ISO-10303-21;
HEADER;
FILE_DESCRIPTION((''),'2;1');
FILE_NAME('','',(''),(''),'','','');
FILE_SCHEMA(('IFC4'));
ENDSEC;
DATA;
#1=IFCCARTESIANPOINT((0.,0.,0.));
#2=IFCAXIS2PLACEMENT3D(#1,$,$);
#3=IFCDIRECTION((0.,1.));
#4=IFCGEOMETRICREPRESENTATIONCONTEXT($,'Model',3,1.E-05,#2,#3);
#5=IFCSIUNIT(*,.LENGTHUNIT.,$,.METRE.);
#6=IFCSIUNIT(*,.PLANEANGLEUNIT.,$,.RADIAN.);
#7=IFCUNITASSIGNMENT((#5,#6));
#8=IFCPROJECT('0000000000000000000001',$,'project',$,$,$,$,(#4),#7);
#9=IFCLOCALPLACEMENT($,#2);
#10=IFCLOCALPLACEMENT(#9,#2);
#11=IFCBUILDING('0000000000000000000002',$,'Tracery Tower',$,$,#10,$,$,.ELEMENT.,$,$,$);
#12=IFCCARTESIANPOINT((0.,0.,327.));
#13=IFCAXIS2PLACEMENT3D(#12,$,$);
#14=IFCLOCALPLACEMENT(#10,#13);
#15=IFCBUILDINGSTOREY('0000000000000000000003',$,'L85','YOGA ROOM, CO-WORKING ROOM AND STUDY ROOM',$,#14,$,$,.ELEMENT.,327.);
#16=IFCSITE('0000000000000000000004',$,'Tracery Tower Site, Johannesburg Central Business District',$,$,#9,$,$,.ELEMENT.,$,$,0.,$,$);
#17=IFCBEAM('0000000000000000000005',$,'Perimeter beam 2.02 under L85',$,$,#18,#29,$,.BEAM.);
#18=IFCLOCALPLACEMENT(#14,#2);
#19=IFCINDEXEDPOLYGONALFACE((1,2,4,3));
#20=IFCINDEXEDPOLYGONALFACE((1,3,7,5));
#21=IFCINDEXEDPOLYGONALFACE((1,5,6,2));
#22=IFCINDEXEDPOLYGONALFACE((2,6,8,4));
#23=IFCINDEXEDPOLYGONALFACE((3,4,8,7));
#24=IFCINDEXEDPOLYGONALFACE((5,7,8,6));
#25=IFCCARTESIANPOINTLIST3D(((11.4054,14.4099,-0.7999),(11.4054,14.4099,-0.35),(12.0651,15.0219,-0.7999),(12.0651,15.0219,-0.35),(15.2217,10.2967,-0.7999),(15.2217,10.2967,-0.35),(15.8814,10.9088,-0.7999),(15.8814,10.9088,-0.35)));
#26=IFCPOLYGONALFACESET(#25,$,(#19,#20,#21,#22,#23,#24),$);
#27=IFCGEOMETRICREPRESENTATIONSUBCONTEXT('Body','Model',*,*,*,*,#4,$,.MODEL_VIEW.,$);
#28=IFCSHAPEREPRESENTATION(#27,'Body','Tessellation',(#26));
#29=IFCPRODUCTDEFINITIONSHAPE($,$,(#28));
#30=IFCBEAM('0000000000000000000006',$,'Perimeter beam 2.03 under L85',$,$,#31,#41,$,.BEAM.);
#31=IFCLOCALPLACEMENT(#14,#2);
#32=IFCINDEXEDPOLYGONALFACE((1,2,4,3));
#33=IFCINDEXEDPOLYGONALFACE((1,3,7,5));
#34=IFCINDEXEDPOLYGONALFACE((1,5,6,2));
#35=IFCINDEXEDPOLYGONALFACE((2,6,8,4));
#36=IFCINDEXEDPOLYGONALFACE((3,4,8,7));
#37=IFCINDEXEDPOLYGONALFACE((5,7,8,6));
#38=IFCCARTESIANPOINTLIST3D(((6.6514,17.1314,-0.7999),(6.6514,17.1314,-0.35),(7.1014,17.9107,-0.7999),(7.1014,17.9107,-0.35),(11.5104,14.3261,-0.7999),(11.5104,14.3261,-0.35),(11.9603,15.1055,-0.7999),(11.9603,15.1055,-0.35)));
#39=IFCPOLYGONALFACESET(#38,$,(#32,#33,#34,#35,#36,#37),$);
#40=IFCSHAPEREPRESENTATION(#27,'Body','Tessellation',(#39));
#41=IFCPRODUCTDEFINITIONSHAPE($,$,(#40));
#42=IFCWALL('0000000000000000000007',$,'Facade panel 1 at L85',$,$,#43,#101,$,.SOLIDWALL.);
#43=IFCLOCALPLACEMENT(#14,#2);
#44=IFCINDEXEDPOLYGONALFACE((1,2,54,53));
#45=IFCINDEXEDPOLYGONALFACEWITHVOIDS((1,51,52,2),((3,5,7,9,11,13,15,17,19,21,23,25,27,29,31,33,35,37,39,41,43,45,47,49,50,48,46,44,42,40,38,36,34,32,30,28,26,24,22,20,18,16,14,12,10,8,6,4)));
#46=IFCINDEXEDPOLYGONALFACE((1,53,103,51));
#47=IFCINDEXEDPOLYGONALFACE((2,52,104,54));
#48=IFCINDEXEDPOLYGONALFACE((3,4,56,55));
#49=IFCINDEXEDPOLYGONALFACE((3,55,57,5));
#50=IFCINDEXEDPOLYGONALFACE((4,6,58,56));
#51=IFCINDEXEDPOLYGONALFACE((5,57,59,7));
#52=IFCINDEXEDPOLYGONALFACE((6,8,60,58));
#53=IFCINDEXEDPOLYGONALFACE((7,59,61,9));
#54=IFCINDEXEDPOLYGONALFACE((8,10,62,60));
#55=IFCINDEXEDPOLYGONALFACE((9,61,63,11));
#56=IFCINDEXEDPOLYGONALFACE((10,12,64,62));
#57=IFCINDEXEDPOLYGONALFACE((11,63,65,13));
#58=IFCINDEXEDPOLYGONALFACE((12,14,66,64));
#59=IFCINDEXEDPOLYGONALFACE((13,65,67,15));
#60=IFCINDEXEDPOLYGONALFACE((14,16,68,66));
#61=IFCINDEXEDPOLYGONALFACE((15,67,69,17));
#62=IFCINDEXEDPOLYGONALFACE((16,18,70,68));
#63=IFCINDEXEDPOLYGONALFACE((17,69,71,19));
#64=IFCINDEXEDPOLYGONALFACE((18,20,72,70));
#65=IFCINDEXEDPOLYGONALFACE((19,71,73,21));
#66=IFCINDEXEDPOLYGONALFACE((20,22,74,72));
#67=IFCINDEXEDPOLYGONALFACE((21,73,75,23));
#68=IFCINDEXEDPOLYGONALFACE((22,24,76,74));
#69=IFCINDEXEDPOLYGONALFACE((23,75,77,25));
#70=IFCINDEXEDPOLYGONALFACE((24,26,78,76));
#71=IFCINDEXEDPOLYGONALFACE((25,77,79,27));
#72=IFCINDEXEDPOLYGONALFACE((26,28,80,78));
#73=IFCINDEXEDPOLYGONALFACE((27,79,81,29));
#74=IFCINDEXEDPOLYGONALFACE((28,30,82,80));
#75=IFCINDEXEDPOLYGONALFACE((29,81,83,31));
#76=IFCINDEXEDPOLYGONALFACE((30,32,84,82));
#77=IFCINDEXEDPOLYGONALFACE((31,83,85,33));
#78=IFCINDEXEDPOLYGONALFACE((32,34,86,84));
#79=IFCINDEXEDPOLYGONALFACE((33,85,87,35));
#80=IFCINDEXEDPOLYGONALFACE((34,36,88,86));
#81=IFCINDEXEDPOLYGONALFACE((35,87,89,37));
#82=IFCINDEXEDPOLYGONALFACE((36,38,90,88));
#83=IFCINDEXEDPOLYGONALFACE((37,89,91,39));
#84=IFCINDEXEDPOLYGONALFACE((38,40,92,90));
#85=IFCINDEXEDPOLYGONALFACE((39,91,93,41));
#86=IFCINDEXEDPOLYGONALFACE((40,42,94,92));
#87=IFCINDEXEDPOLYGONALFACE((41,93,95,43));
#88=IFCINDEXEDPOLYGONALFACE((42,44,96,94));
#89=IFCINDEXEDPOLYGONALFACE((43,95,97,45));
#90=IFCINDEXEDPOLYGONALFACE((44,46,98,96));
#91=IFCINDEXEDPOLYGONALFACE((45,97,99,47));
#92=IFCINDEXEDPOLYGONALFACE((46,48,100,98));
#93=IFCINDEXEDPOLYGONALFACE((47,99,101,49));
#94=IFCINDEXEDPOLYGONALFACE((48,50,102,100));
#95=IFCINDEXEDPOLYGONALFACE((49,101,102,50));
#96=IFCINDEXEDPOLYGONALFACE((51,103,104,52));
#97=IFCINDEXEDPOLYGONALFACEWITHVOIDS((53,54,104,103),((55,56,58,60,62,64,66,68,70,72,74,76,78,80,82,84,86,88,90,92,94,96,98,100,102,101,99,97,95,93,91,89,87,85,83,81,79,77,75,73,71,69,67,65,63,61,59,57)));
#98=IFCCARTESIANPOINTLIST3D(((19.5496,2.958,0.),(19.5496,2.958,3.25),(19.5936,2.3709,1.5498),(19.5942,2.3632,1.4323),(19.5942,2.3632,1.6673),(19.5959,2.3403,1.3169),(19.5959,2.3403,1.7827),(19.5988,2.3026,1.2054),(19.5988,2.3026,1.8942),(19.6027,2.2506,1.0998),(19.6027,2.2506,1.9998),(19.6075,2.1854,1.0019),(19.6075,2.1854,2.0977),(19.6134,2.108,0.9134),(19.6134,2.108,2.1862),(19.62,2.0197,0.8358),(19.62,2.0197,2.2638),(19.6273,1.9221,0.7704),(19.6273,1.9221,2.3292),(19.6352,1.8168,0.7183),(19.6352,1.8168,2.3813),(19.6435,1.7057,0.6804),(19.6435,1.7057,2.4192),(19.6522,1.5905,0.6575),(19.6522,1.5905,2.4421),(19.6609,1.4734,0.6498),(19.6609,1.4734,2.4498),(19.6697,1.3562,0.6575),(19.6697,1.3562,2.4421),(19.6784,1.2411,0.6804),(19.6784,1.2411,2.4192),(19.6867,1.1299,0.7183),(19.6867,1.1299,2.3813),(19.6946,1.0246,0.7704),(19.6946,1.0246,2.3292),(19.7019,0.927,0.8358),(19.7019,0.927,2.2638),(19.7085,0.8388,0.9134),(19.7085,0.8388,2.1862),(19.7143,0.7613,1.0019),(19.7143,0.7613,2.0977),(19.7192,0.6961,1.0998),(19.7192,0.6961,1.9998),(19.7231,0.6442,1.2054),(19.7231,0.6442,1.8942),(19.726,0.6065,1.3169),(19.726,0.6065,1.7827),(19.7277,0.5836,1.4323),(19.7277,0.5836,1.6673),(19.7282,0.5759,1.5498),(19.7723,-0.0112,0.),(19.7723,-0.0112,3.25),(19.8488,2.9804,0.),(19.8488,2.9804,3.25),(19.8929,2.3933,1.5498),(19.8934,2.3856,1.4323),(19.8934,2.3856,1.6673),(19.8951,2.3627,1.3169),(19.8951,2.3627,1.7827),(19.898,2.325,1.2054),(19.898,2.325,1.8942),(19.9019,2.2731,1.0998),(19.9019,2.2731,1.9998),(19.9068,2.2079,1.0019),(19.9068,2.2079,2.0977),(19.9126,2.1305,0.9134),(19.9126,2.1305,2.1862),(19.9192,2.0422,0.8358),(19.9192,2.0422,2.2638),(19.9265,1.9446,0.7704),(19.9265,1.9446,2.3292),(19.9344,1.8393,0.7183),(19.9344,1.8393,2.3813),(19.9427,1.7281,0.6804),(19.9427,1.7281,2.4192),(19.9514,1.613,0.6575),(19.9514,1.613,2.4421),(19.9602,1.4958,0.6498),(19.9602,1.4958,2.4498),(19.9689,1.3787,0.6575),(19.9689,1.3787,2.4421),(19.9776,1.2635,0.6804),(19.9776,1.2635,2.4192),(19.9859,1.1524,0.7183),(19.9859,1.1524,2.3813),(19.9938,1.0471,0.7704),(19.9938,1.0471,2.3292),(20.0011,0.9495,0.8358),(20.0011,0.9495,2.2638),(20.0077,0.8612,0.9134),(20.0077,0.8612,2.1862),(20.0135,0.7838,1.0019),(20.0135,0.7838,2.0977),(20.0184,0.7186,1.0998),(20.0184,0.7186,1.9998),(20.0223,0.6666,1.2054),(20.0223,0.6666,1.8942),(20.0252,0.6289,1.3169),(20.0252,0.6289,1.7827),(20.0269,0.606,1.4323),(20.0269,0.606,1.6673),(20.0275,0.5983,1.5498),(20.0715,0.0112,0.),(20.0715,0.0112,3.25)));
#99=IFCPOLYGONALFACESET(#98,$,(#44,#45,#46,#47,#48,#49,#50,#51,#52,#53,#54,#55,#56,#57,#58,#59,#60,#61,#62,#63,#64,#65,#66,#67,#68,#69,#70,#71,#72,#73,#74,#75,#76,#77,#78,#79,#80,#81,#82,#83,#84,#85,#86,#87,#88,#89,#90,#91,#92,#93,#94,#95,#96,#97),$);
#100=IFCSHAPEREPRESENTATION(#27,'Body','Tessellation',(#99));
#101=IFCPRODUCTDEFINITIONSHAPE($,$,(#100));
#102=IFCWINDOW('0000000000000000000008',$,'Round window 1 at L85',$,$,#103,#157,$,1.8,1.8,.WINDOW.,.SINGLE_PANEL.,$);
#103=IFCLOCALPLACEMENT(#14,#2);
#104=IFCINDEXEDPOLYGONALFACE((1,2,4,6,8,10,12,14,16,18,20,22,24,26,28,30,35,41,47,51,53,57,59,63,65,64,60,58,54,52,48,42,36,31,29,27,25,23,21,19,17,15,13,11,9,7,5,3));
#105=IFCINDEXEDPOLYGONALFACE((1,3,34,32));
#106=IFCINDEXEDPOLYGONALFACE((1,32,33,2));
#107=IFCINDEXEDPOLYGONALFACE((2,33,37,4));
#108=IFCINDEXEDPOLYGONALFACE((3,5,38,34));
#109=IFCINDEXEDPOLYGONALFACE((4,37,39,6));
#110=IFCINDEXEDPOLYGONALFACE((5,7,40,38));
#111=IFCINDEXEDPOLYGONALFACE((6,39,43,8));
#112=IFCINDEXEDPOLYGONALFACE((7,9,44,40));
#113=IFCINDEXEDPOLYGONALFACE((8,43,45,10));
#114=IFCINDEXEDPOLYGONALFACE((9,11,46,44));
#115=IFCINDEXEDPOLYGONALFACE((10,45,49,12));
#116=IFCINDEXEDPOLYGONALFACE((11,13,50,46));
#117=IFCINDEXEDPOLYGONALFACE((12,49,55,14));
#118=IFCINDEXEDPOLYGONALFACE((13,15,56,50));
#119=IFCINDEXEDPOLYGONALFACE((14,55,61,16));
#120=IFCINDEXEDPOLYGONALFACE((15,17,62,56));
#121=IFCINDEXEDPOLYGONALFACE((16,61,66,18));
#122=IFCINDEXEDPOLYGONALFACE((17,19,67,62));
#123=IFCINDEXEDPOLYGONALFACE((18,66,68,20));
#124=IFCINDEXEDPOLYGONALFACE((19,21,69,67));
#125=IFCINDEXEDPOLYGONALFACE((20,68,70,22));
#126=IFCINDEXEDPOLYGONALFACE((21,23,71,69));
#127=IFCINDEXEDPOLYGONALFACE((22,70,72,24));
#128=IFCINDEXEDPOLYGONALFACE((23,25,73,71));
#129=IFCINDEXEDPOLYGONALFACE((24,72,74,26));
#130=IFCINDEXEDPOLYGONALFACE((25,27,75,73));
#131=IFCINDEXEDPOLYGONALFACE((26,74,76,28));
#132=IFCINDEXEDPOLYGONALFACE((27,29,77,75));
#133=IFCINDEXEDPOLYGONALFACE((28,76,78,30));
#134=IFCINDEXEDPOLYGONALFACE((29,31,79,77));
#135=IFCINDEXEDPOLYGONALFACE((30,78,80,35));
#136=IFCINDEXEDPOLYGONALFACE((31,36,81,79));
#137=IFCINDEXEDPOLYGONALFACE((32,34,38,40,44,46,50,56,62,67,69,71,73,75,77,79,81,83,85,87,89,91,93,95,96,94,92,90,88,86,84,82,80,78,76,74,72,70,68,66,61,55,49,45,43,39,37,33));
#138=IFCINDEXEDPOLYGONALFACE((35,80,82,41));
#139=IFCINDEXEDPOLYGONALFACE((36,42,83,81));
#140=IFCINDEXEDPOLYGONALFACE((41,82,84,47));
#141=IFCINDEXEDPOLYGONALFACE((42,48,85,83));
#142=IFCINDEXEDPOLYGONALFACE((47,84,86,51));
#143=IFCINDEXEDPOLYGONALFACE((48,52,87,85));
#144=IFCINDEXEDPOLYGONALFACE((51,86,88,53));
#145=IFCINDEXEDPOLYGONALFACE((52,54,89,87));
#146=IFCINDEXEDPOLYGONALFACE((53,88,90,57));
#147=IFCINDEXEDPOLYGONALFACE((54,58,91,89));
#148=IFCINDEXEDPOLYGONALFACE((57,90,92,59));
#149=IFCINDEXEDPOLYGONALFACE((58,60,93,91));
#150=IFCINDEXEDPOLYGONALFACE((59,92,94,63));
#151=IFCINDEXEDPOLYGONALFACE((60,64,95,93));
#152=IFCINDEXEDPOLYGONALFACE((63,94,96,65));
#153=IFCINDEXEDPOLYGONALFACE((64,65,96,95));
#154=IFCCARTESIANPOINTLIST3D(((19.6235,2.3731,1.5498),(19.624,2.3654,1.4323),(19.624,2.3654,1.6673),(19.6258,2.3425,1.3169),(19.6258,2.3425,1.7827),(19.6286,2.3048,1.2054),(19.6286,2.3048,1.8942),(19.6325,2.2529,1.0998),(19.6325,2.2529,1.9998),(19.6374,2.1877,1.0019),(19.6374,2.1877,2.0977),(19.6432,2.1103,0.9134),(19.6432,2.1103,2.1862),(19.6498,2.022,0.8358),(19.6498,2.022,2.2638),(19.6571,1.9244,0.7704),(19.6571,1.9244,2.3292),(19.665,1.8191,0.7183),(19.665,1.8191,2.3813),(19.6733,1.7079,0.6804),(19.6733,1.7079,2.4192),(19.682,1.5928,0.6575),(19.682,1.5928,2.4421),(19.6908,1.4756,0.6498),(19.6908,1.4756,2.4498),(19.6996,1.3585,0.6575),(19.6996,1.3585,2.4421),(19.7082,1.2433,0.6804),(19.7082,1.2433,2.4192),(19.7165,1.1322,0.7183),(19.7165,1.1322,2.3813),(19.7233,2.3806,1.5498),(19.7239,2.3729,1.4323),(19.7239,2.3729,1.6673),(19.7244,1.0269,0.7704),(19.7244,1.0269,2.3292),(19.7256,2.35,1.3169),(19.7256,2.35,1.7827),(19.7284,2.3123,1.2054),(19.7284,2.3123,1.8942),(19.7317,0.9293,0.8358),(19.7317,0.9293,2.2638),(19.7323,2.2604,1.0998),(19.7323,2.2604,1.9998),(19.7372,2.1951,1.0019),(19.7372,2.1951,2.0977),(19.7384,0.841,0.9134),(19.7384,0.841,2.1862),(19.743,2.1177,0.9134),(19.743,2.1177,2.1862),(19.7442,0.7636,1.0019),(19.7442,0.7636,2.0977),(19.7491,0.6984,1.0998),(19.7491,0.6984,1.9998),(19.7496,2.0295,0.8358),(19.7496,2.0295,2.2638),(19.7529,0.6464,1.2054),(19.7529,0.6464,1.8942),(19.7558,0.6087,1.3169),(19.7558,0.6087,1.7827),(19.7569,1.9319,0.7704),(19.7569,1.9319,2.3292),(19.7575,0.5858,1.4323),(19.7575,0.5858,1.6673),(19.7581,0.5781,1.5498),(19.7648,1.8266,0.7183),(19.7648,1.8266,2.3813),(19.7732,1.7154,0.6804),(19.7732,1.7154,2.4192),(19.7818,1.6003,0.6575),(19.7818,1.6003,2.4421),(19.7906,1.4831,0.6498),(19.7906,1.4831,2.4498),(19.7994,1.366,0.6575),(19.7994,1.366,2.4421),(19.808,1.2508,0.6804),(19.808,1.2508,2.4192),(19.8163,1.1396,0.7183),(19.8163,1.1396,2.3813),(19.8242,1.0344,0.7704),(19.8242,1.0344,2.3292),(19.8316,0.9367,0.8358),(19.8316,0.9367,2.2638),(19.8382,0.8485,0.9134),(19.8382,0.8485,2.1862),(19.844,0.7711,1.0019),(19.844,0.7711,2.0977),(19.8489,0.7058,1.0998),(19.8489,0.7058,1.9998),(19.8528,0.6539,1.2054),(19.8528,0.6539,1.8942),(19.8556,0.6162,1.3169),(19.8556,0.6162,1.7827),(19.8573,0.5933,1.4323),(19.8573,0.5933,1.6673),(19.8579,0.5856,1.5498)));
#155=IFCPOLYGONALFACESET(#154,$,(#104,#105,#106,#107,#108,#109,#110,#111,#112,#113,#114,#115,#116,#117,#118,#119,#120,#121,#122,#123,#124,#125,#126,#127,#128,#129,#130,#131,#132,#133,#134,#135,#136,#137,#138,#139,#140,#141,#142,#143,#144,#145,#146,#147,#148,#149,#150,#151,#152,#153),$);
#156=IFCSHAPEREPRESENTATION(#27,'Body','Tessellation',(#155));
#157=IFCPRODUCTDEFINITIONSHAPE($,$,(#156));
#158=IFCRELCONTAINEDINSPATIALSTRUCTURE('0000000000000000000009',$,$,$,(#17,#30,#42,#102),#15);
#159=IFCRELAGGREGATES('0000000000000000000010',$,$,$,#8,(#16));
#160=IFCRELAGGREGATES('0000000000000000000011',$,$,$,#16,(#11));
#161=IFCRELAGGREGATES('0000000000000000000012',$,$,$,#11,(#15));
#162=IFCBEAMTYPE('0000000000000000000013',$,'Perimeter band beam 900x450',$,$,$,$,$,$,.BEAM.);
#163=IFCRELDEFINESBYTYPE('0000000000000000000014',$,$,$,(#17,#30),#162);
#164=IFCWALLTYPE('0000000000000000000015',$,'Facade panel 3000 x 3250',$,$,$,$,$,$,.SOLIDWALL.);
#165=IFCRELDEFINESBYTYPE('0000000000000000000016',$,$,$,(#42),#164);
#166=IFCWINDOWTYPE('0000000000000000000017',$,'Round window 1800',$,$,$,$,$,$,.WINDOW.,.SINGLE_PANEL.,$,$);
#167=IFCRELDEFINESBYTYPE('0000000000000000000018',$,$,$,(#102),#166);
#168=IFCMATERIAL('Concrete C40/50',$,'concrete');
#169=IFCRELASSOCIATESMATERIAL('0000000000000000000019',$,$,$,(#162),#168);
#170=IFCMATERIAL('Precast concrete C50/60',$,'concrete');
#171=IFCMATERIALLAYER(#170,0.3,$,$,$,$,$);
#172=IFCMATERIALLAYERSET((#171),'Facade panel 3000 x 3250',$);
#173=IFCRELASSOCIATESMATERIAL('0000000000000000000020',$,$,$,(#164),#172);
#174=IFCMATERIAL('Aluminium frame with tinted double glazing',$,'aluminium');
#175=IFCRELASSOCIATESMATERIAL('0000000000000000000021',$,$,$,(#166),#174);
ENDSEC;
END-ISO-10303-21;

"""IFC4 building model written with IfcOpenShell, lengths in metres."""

from ifc_helpers import new_model, si_unit, direction, frame, frame_2d, origin, origin_2d, place, context, subcontext, project, spatial, rectangle, circle, extrude, material, layer, layer_set, material_profile, profile_set, type_object, element, fill, save


model = new_model("IFC4")

# Units and contexts
model_context = context("Model", 3, precision=1e-05, world=origin(), true_north=direction((0.0, 1.0)))
body_context = subcontext(model_context, "Body", "Model", "MODEL_VIEW")
ifc_project = project(units=[si_unit("LENGTHUNIT", "METRE"), si_unit("PLANEANGLEUNIT", "RADIAN")], contexts=[model_context])

# Site, building, storey
site_placement = place(None, origin())
site = spatial("IfcSite", under=ifc_project, at=site_placement, Name="Tracery Tower Site, Johannesburg Central Business District", CompositionType="ELEMENT", RefElevation=0.0)
building_placement = place(site_placement, origin())
building = spatial("IfcBuilding", under=site, at=building_placement, Name="Tracery Tower", CompositionType="ELEMENT")
storey_placement = place(building_placement, frame((0.0, 0.0, 327.0)))
storey = spatial("IfcBuildingStorey", under=building, at=storey_placement, Name="L85", Description="YOGA ROOM, CO-WORKING ROOM AND STUDY ROOM", CompositionType="ELEMENT", Elevation=327.0)

# Beams
ifc_material_1 = material(Name="Concrete C40/50", Category="concrete")
ifc_material_profile_1 = material_profile(ifc_material_1, rectangle(XDim=0.8999, YDim=0.45, at=origin_2d()), Name="RC 900x450")
ifc_profile_set_1 = profile_set([ifc_material_profile_1], Name="Concrete C40/50")
beam_type = type_object("IfcBeamType", Name="Perimeter band beam 900x450", PredefinedType="BEAM", material=ifc_profile_set_1)
beam_1_placement = place(storey_placement, frame((15.5515, 10.6028, -0.575), z_axis=(-0.680156, 0.733068, 0.0), x_axis=(-0.733068, -0.680156, 0.0)))
element("IfcBeam", 1, at=beam_1_placement, inside=storey, type_object=beam_type, Name="Perimeter beam 2.02 under L85", PredefinedType="BEAM", context=body_context, shape_type="SweptSolid", body=[
    extrude(rectangle(XDim=0.8999, YDim=0.45, at=origin_2d()), origin(), (0.0, 0.0, 1.0), 5.6108),
])
beam_2_placement = place(storey_placement, frame((11.7354, 14.7158, -0.575), z_axis=(-0.866033, 0.499986, 0.0), x_axis=(-0.499986, -0.866033, 0.0)))
element("IfcBeam", 2, at=beam_2_placement, inside=storey, type_object=beam_type, Name="Perimeter beam 2.03 under L85", PredefinedType="BEAM", context=body_context, shape_type="SweptSolid", body=[
    extrude(rectangle(XDim=0.8999, YDim=0.45, at=origin_2d()), origin(), (0.0, 0.0, 1.0), 5.6106),
])

# Wall, opening, window
ifc_material_2 = material(Name="Precast concrete C50/60", Category="concrete")
ifc_layer_1 = layer(ifc_material_2, 0.3)
ifc_layer_set_1 = layer_set([ifc_layer_1], Name="Facade panel 3000 x 3250")
wall_type_1 = type_object("IfcWallType", Name="Facade panel 3000 x 3250", PredefinedType="SOLIDWALL", material=ifc_layer_set_1)
wall_1_placement = place(storey_placement, frame((19.9219, 0.0, 0.0), z_axis=(0.0, 0.0, 1.0), x_axis=(-0.074778, 0.9972, 0.0)))
wall_1 = element("IfcWall", 3, at=wall_1_placement, inside=storey, type_object=wall_type_1, Name="Facade panel 1 at L85", PredefinedType="SOLIDWALL", context=body_context, shape_type="SweptSolid", body=[
    extrude(rectangle(XDim=2.9775, YDim=0.3, at=frame_2d((1.4888, 0.0))), origin(), (0.0, 0.0, 1.0), 3.25),
])
opening_1_placement = place(wall_1_placement, frame((1.4888, 0.0, 1.5498)))
opening_1 = element("IfcOpeningElement", 4, at=opening_1_placement, cuts=wall_1, PredefinedType="OPENING", context=body_context, shape_type="SweptSolid", body=[
    extrude(circle(Radius=0.9, at=origin_2d()), frame((0.0, 0.1599, 0.0), z_axis=(0.0, -1.0, 0.0), x_axis=(1.0, 0.0, 0.0)), (0.0, 0.0, 1.0), 0.3201),
])
ifc_material_3 = material(Name="Aluminium frame with tinted double glazing", Category="aluminium")
window_type = type_object("IfcWindowType", Name="Round window 1800", PartitioningType="SINGLE_PANEL", PredefinedType="WINDOW", material=ifc_material_3)
window_1_placement = place(opening_1_placement, origin())
window_1 = element("IfcWindow", 5, at=window_1_placement, inside=storey, type_object=window_type, Name="Round window 1 at L85", OverallHeight=1.8, OverallWidth=1.8, PartitioningType="SINGLE_PANEL", PredefinedType="WINDOW", context=body_context, shape_type="SweptSolid", body=[
    extrude(circle(Radius=0.9, at=origin_2d()), frame((0.0, 0.1201, 0.0), z_axis=(0.0, -1.0, 0.0), x_axis=(1.0, 0.0, 0.0)), (0.0, 0.0, 1.0), 0.1001),
])
fill(opening_1, window_1)

save(model, "model.ifc")
